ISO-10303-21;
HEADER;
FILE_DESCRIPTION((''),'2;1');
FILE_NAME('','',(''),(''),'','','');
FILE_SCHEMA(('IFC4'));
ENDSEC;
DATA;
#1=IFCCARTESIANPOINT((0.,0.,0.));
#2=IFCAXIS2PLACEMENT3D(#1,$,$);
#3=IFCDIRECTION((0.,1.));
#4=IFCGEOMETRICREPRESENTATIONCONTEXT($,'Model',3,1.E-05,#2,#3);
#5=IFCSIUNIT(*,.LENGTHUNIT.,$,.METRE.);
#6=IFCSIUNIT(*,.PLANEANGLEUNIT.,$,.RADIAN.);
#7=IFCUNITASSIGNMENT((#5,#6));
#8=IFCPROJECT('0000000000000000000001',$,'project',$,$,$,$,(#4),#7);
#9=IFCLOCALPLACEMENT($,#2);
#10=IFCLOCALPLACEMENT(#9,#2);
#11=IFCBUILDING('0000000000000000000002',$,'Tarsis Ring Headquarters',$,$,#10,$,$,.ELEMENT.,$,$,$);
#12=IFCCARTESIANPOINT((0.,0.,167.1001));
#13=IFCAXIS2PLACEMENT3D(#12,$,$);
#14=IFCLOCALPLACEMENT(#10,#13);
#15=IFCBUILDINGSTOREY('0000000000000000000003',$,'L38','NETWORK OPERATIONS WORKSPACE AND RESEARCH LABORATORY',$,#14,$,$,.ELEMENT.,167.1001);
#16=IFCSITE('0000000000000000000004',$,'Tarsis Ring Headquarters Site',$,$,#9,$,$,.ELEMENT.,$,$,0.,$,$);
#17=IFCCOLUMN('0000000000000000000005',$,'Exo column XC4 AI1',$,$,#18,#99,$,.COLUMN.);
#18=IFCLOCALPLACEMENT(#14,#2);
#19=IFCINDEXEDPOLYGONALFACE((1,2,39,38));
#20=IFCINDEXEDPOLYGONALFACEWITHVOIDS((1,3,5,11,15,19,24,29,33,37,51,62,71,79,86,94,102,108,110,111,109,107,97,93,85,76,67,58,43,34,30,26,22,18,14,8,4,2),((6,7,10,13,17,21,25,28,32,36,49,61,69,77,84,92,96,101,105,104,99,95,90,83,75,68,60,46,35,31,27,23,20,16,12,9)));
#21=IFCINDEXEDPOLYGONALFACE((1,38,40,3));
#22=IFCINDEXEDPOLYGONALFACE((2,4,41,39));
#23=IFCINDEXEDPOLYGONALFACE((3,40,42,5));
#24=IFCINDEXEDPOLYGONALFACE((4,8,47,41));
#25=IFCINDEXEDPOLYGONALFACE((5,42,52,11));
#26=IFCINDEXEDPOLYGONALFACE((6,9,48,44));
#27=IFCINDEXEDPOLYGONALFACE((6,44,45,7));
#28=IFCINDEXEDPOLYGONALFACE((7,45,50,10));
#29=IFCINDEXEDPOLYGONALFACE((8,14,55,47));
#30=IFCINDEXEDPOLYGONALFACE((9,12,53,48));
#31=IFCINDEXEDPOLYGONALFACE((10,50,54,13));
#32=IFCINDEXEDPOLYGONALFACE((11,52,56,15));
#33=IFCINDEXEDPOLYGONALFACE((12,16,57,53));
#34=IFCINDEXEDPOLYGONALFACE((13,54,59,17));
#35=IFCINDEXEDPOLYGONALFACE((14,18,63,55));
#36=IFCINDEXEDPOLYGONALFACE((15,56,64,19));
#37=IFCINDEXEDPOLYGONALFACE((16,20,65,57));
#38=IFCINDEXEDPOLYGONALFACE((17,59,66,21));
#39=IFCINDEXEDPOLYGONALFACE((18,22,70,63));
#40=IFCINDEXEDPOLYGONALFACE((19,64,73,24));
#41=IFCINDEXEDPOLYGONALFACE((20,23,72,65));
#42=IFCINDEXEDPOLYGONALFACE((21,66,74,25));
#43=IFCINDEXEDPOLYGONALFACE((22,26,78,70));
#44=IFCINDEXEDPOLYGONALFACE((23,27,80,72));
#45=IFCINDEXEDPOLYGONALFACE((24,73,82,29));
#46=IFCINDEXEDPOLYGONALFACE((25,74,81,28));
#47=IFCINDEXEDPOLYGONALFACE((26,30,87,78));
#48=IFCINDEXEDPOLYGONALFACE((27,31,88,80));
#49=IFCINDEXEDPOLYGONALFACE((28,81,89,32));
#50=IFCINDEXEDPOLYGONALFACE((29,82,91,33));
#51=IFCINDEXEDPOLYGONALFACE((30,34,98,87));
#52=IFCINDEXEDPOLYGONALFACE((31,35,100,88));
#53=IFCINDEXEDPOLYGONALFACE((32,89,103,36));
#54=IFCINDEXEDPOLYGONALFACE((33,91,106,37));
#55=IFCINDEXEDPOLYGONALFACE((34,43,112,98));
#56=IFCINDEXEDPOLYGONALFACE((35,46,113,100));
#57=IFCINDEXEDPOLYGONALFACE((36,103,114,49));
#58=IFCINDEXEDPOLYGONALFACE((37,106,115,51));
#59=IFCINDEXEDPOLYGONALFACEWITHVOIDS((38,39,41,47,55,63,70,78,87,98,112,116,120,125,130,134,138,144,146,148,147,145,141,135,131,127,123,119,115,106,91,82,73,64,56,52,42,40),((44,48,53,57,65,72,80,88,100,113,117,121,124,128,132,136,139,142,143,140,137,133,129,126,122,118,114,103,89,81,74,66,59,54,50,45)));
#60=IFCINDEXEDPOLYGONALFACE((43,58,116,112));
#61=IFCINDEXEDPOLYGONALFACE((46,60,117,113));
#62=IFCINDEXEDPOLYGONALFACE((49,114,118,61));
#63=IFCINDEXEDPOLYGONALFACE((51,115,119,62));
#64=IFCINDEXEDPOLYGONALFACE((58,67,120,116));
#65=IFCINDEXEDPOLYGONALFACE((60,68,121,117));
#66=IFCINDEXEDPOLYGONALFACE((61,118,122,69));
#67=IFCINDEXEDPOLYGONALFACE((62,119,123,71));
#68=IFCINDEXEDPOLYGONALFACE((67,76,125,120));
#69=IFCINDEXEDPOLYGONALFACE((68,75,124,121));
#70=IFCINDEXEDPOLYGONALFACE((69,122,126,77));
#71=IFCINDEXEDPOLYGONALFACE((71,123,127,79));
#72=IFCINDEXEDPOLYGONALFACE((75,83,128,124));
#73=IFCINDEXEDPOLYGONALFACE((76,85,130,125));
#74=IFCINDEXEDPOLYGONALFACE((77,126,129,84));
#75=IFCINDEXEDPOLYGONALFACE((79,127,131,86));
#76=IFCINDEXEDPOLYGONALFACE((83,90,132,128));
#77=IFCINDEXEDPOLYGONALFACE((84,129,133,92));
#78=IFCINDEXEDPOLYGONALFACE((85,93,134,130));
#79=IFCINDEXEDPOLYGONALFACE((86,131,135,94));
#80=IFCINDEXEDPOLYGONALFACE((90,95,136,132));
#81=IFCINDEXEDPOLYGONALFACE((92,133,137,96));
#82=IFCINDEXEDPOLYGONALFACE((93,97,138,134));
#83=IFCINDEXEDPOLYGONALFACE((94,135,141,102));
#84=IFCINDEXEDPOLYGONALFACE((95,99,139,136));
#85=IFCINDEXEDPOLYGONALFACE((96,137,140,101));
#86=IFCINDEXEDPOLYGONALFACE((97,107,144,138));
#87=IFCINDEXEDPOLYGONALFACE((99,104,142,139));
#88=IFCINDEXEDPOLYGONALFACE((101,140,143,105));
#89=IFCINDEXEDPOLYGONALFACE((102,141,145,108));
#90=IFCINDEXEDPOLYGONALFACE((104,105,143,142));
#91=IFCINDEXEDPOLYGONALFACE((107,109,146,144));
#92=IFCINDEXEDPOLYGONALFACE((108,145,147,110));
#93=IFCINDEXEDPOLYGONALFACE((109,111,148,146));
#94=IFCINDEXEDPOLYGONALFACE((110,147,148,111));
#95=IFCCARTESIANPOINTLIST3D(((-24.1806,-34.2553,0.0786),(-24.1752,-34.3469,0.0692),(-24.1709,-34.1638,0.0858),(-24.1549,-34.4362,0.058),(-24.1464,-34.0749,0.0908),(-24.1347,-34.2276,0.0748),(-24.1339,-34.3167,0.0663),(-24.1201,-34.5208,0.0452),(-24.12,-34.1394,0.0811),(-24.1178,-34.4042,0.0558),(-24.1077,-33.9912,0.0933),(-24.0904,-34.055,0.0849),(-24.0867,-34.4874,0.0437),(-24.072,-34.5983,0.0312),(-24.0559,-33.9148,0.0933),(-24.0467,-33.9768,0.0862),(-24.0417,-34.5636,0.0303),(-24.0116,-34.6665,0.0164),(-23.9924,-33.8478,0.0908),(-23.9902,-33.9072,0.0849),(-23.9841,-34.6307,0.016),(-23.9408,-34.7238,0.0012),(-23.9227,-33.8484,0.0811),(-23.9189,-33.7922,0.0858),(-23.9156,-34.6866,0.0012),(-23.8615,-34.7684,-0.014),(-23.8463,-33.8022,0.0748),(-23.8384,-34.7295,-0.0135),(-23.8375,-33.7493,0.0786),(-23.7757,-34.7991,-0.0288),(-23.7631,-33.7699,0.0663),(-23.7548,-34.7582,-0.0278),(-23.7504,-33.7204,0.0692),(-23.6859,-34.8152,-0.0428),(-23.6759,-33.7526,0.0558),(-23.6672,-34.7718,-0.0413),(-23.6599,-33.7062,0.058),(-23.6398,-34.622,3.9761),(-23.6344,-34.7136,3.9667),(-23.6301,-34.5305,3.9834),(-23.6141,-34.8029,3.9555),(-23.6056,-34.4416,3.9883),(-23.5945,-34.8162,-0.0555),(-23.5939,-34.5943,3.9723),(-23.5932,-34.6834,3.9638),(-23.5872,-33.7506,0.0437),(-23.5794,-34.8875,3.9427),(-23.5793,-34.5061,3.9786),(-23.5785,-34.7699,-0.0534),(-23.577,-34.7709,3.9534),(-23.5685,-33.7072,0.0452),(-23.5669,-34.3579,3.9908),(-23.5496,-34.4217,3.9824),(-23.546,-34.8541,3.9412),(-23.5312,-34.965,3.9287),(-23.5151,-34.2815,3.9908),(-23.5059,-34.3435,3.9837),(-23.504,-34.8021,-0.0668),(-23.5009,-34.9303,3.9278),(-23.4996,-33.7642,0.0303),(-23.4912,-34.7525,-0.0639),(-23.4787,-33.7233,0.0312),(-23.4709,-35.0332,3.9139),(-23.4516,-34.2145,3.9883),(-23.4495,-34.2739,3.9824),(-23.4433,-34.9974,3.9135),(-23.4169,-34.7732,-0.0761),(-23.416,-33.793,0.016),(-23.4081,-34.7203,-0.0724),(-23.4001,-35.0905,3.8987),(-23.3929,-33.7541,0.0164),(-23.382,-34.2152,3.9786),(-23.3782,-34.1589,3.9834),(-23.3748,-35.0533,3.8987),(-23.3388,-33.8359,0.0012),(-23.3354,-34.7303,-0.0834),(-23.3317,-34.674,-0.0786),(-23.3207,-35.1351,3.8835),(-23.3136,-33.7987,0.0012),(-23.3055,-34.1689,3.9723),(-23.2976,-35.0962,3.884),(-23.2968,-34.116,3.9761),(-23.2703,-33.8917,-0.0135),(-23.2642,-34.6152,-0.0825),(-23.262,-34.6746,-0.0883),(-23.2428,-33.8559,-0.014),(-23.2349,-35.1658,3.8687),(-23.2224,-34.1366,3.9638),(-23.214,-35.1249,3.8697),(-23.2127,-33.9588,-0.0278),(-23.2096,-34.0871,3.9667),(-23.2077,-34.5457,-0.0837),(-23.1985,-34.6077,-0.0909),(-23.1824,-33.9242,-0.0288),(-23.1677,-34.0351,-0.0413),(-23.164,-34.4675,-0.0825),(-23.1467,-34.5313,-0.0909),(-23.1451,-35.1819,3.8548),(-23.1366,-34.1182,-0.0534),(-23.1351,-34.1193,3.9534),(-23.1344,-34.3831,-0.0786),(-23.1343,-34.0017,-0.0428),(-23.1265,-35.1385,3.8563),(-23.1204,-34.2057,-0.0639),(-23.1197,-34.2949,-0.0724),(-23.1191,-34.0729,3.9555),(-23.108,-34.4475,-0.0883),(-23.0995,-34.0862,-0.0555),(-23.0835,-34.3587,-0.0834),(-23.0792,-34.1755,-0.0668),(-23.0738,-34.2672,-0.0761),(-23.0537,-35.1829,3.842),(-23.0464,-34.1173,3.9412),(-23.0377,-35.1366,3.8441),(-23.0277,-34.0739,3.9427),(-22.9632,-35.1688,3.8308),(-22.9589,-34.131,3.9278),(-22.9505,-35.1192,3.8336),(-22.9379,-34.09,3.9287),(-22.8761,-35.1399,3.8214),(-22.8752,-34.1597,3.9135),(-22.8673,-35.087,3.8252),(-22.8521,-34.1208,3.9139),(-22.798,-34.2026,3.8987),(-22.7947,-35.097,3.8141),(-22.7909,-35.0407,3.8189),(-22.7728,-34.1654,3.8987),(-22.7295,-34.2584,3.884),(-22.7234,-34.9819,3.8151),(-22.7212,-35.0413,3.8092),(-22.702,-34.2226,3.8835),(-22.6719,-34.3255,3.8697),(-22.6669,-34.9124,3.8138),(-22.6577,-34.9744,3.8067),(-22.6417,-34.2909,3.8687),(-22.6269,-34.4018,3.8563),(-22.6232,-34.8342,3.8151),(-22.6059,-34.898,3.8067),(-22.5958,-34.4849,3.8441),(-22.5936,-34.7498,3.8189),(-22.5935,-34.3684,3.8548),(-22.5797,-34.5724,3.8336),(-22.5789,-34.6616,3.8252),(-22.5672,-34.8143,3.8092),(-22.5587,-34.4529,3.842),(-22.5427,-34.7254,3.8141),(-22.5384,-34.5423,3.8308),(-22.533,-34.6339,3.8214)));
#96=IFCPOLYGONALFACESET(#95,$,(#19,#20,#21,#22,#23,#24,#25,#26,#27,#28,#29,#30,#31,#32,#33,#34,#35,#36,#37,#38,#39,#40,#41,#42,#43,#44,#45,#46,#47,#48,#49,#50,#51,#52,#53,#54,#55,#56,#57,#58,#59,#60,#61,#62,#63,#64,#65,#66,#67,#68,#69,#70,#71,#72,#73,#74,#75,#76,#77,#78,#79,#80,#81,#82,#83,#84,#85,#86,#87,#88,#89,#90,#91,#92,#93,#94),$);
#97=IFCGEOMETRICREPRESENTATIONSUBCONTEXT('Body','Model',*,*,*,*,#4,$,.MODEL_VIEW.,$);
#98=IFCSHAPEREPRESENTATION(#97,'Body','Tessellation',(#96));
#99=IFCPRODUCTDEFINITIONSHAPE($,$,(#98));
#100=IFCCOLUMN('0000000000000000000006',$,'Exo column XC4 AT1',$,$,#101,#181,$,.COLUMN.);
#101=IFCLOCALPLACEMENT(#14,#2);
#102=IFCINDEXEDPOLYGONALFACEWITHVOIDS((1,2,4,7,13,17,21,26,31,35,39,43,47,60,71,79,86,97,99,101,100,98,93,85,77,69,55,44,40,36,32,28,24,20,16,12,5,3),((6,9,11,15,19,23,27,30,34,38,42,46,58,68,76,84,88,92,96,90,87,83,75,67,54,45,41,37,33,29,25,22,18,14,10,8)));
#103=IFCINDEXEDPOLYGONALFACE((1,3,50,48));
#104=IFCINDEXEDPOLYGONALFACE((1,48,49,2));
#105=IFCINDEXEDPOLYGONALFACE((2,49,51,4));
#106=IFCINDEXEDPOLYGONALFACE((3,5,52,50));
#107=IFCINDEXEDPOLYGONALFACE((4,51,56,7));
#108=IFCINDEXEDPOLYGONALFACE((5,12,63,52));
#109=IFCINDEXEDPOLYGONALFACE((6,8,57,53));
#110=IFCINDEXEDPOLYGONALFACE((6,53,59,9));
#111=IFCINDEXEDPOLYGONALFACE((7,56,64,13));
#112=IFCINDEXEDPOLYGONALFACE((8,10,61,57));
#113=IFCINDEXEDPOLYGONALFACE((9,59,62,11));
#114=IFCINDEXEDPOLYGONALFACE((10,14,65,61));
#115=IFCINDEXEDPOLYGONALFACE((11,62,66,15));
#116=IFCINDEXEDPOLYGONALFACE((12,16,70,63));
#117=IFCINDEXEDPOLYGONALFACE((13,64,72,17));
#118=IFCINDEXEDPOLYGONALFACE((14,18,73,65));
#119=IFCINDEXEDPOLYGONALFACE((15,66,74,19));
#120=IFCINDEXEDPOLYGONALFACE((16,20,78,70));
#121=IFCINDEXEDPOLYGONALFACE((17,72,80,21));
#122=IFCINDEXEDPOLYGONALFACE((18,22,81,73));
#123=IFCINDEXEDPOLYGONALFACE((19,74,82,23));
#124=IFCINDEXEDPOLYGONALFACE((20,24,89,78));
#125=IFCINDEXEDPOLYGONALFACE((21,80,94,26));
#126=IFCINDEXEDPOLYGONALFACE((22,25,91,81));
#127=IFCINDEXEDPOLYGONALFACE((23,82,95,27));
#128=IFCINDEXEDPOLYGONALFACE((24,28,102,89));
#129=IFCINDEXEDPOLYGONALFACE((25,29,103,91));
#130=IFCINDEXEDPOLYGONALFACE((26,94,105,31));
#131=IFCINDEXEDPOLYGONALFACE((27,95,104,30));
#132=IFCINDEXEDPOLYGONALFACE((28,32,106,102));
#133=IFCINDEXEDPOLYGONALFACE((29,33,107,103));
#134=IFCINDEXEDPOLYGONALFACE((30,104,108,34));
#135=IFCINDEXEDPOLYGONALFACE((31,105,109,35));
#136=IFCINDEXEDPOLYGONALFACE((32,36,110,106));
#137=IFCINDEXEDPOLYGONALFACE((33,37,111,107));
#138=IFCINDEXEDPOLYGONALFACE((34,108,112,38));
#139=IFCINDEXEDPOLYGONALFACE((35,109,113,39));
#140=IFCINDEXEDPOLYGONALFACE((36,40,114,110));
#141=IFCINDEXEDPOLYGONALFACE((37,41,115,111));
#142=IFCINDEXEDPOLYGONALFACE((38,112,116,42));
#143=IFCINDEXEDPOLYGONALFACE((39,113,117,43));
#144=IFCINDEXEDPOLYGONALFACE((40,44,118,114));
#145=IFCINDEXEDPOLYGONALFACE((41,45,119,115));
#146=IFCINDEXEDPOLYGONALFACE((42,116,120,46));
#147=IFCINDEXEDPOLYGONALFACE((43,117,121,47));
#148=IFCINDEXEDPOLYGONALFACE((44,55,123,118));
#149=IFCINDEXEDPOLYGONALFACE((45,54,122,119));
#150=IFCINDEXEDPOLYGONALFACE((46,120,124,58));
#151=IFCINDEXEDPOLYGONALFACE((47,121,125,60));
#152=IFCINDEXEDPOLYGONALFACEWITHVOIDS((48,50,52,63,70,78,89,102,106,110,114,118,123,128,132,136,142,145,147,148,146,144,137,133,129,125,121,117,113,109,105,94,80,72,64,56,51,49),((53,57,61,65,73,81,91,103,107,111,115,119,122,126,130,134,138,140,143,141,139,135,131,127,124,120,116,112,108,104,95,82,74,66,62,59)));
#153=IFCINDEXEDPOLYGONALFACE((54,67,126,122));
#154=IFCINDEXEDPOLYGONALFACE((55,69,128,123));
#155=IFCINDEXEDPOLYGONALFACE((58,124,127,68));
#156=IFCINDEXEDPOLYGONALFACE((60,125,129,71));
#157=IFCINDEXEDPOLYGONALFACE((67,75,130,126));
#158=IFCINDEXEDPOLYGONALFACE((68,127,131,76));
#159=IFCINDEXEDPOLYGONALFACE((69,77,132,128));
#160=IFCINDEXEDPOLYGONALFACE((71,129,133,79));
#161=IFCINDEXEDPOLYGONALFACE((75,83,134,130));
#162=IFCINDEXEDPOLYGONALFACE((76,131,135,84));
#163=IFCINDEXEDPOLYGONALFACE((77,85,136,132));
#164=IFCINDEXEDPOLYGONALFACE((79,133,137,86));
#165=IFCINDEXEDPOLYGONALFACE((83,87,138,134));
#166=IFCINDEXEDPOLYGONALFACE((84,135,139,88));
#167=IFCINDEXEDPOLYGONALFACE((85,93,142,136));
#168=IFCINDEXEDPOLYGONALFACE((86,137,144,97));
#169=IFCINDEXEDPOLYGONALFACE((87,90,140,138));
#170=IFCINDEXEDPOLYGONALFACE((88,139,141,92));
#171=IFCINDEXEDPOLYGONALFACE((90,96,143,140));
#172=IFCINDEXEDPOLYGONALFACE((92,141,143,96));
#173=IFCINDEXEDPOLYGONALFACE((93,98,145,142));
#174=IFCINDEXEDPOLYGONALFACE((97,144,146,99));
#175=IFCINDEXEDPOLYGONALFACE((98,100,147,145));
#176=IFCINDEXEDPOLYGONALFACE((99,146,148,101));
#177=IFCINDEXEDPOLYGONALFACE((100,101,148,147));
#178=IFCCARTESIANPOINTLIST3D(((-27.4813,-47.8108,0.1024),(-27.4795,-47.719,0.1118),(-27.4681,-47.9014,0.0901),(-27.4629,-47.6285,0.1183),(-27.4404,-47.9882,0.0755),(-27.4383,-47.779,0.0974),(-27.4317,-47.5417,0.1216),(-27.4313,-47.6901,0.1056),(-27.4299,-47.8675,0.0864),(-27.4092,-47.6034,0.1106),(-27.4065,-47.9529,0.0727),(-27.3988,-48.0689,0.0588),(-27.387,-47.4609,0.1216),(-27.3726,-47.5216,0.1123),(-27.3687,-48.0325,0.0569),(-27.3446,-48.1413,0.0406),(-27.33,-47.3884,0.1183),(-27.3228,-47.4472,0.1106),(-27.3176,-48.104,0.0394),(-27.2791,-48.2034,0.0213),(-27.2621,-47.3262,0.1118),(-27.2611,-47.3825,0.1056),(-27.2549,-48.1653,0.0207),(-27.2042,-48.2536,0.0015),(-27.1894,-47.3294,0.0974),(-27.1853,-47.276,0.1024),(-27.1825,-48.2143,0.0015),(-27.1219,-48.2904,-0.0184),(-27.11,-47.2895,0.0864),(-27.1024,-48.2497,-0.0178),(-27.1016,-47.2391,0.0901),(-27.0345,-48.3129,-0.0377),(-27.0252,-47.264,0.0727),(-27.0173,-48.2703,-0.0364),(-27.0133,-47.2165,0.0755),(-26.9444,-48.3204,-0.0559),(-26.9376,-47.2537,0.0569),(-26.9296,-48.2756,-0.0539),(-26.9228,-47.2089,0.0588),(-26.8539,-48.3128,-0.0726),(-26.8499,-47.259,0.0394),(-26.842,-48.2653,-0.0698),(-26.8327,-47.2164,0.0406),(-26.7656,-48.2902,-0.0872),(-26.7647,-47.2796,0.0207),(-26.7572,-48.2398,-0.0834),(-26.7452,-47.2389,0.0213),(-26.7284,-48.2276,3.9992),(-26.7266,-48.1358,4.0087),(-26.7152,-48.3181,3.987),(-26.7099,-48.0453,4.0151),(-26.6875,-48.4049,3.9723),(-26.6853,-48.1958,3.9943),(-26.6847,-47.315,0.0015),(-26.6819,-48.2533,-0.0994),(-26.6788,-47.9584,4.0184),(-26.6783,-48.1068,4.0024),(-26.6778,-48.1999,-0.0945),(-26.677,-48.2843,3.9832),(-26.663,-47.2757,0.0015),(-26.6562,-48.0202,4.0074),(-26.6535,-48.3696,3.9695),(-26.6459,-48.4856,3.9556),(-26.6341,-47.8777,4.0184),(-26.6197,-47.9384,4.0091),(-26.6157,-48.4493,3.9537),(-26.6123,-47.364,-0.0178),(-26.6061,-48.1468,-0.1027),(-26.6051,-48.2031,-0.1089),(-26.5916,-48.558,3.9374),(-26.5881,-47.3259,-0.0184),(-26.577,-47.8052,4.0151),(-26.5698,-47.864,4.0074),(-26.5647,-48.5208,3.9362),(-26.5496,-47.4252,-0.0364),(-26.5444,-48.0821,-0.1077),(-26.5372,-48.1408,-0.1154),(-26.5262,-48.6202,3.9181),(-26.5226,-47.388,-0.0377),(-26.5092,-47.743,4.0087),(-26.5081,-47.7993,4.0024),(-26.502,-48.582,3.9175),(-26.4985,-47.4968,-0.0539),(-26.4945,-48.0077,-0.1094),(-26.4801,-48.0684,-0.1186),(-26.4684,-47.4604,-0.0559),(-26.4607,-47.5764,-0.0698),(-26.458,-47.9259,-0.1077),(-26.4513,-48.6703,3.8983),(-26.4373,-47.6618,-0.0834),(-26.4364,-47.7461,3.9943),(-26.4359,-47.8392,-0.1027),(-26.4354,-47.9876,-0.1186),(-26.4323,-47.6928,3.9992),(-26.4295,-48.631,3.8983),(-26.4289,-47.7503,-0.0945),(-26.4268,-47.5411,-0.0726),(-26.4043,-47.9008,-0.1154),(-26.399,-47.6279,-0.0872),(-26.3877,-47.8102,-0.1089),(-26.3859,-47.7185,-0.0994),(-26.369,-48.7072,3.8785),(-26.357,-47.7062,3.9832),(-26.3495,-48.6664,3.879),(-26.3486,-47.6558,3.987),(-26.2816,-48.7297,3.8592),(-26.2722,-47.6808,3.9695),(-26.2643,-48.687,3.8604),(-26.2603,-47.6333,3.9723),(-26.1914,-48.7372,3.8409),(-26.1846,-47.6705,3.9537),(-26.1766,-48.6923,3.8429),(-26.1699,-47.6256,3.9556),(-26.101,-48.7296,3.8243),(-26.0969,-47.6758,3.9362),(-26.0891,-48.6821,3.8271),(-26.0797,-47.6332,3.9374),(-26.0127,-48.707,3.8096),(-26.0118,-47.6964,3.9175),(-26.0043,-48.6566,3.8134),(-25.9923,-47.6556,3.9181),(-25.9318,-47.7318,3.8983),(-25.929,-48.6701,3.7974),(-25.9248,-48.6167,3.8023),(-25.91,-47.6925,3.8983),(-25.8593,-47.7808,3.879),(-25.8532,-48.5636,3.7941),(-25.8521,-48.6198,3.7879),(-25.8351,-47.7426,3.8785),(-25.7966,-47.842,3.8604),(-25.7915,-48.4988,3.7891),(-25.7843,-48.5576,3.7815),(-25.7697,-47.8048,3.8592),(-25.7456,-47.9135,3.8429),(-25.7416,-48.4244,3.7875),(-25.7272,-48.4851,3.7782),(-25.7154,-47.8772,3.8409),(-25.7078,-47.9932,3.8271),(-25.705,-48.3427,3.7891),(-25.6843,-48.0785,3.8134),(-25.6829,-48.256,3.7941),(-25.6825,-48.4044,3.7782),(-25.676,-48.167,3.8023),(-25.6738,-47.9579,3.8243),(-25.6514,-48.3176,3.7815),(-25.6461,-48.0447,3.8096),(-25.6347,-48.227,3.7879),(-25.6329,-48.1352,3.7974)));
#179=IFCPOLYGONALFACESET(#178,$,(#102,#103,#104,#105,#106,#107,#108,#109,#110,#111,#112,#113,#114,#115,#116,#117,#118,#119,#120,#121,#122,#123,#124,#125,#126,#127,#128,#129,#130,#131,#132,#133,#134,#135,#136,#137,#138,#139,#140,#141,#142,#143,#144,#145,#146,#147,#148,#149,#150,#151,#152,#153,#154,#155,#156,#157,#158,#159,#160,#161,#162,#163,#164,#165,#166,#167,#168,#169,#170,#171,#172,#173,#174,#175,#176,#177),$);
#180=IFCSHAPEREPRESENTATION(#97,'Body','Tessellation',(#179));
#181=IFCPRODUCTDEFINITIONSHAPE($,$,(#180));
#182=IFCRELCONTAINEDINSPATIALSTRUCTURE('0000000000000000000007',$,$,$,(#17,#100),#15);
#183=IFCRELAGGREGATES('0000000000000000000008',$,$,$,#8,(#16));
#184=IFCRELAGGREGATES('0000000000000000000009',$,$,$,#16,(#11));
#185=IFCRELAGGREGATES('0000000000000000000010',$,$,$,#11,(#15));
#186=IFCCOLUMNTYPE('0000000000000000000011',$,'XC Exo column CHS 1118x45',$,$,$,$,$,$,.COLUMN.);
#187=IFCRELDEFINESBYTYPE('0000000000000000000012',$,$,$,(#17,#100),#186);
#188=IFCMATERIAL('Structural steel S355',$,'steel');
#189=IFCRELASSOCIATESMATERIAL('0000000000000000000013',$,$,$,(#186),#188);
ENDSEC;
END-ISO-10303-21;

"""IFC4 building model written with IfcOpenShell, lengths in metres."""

from ifc_helpers import new_model, si_unit, direction, frame, origin, origin_2d, place, context, subcontext, project, spatial, hollow_circle, extrude, material, material_profile, profile_set, type_object, element, save


model = new_model("IFC4")

# Units and contexts
model_context = context("Model", 3, precision=1e-05, world=origin(), true_north=direction((0.0, 1.0)))
body_context = subcontext(model_context, "Body", "Model", "MODEL_VIEW")
ifc_project = project(units=[si_unit("LENGTHUNIT", "METRE"), si_unit("PLANEANGLEUNIT", "RADIAN")], contexts=[model_context])

# Site, building, storey
site_placement = place(None, origin())
site = spatial("IfcSite", under=ifc_project, at=site_placement, Name="Tarsis Ring Headquarters Site", CompositionType="ELEMENT", RefElevation=0.0)
building_placement = place(site_placement, origin())
building = spatial("IfcBuilding", under=site, at=building_placement, Name="Tarsis Ring Headquarters", CompositionType="ELEMENT")
storey_placement = place(building_placement, frame((0.0, 0.0, 167.1001)))
storey = spatial("IfcBuildingStorey", under=building, at=storey_placement, Name="L38", Description="NETWORK OPERATIONS WORKSPACE AND RESEARCH LABORATORY", CompositionType="ELEMENT", Elevation=167.1001)

# Columns
ifc_material_1 = material(Name="Structural steel S355", Category="steel")
ifc_material_profile_1 = material_profile(ifc_material_1, hollow_circle(Radius=0.5588, WallThickness=0.0449, at=origin_2d()), Name="CHS 1118x45")
ifc_profile_set_1 = profile_set([ifc_material_profile_1], Name="Structural steel S355")
column_type = type_object("IfcColumnType", Name="XC Exo column CHS 1118x45", PredefinedType="COLUMN", material=ifc_profile_set_1)
column_1_placement = place(storey_placement, frame((-23.6272, -34.2612, 0.0012), z_axis=(0.13684, -0.092792, 0.986238), x_axis=(0.561236, 0.827656, 0.0)))
element("IfcColumn", 1, at=column_1_placement, inside=storey, type_object=column_type, Name="Exo column XC4 AI1", PredefinedType="COLUMN", context=body_context, shape_type="SweptSolid", body=[
    extrude(hollow_circle(Radius=0.5588, WallThickness=0.0449, at=origin_2d()), origin(), (0.0, 0.0, 1.0), 3.9519),
])
column_2_placement = place(storey_placement, frame((-26.9336, -47.7646, 0.0015), z_axis=(0.188675, -0.104432, 0.976471), x_axis=(0.484269, 0.874919, 0.0)))
element("IfcColumn", 2, at=column_2_placement, inside=storey, type_object=column_type, Name="Exo column XC4 AT1", PredefinedType="COLUMN", context=body_context, shape_type="SweptSolid", body=[
    extrude(hollow_circle(Radius=0.5588, WallThickness=0.0449, at=origin_2d()), origin(), (0.0, 0.0, 1.0), 3.9907),
])

save(model, "model.ifc")
